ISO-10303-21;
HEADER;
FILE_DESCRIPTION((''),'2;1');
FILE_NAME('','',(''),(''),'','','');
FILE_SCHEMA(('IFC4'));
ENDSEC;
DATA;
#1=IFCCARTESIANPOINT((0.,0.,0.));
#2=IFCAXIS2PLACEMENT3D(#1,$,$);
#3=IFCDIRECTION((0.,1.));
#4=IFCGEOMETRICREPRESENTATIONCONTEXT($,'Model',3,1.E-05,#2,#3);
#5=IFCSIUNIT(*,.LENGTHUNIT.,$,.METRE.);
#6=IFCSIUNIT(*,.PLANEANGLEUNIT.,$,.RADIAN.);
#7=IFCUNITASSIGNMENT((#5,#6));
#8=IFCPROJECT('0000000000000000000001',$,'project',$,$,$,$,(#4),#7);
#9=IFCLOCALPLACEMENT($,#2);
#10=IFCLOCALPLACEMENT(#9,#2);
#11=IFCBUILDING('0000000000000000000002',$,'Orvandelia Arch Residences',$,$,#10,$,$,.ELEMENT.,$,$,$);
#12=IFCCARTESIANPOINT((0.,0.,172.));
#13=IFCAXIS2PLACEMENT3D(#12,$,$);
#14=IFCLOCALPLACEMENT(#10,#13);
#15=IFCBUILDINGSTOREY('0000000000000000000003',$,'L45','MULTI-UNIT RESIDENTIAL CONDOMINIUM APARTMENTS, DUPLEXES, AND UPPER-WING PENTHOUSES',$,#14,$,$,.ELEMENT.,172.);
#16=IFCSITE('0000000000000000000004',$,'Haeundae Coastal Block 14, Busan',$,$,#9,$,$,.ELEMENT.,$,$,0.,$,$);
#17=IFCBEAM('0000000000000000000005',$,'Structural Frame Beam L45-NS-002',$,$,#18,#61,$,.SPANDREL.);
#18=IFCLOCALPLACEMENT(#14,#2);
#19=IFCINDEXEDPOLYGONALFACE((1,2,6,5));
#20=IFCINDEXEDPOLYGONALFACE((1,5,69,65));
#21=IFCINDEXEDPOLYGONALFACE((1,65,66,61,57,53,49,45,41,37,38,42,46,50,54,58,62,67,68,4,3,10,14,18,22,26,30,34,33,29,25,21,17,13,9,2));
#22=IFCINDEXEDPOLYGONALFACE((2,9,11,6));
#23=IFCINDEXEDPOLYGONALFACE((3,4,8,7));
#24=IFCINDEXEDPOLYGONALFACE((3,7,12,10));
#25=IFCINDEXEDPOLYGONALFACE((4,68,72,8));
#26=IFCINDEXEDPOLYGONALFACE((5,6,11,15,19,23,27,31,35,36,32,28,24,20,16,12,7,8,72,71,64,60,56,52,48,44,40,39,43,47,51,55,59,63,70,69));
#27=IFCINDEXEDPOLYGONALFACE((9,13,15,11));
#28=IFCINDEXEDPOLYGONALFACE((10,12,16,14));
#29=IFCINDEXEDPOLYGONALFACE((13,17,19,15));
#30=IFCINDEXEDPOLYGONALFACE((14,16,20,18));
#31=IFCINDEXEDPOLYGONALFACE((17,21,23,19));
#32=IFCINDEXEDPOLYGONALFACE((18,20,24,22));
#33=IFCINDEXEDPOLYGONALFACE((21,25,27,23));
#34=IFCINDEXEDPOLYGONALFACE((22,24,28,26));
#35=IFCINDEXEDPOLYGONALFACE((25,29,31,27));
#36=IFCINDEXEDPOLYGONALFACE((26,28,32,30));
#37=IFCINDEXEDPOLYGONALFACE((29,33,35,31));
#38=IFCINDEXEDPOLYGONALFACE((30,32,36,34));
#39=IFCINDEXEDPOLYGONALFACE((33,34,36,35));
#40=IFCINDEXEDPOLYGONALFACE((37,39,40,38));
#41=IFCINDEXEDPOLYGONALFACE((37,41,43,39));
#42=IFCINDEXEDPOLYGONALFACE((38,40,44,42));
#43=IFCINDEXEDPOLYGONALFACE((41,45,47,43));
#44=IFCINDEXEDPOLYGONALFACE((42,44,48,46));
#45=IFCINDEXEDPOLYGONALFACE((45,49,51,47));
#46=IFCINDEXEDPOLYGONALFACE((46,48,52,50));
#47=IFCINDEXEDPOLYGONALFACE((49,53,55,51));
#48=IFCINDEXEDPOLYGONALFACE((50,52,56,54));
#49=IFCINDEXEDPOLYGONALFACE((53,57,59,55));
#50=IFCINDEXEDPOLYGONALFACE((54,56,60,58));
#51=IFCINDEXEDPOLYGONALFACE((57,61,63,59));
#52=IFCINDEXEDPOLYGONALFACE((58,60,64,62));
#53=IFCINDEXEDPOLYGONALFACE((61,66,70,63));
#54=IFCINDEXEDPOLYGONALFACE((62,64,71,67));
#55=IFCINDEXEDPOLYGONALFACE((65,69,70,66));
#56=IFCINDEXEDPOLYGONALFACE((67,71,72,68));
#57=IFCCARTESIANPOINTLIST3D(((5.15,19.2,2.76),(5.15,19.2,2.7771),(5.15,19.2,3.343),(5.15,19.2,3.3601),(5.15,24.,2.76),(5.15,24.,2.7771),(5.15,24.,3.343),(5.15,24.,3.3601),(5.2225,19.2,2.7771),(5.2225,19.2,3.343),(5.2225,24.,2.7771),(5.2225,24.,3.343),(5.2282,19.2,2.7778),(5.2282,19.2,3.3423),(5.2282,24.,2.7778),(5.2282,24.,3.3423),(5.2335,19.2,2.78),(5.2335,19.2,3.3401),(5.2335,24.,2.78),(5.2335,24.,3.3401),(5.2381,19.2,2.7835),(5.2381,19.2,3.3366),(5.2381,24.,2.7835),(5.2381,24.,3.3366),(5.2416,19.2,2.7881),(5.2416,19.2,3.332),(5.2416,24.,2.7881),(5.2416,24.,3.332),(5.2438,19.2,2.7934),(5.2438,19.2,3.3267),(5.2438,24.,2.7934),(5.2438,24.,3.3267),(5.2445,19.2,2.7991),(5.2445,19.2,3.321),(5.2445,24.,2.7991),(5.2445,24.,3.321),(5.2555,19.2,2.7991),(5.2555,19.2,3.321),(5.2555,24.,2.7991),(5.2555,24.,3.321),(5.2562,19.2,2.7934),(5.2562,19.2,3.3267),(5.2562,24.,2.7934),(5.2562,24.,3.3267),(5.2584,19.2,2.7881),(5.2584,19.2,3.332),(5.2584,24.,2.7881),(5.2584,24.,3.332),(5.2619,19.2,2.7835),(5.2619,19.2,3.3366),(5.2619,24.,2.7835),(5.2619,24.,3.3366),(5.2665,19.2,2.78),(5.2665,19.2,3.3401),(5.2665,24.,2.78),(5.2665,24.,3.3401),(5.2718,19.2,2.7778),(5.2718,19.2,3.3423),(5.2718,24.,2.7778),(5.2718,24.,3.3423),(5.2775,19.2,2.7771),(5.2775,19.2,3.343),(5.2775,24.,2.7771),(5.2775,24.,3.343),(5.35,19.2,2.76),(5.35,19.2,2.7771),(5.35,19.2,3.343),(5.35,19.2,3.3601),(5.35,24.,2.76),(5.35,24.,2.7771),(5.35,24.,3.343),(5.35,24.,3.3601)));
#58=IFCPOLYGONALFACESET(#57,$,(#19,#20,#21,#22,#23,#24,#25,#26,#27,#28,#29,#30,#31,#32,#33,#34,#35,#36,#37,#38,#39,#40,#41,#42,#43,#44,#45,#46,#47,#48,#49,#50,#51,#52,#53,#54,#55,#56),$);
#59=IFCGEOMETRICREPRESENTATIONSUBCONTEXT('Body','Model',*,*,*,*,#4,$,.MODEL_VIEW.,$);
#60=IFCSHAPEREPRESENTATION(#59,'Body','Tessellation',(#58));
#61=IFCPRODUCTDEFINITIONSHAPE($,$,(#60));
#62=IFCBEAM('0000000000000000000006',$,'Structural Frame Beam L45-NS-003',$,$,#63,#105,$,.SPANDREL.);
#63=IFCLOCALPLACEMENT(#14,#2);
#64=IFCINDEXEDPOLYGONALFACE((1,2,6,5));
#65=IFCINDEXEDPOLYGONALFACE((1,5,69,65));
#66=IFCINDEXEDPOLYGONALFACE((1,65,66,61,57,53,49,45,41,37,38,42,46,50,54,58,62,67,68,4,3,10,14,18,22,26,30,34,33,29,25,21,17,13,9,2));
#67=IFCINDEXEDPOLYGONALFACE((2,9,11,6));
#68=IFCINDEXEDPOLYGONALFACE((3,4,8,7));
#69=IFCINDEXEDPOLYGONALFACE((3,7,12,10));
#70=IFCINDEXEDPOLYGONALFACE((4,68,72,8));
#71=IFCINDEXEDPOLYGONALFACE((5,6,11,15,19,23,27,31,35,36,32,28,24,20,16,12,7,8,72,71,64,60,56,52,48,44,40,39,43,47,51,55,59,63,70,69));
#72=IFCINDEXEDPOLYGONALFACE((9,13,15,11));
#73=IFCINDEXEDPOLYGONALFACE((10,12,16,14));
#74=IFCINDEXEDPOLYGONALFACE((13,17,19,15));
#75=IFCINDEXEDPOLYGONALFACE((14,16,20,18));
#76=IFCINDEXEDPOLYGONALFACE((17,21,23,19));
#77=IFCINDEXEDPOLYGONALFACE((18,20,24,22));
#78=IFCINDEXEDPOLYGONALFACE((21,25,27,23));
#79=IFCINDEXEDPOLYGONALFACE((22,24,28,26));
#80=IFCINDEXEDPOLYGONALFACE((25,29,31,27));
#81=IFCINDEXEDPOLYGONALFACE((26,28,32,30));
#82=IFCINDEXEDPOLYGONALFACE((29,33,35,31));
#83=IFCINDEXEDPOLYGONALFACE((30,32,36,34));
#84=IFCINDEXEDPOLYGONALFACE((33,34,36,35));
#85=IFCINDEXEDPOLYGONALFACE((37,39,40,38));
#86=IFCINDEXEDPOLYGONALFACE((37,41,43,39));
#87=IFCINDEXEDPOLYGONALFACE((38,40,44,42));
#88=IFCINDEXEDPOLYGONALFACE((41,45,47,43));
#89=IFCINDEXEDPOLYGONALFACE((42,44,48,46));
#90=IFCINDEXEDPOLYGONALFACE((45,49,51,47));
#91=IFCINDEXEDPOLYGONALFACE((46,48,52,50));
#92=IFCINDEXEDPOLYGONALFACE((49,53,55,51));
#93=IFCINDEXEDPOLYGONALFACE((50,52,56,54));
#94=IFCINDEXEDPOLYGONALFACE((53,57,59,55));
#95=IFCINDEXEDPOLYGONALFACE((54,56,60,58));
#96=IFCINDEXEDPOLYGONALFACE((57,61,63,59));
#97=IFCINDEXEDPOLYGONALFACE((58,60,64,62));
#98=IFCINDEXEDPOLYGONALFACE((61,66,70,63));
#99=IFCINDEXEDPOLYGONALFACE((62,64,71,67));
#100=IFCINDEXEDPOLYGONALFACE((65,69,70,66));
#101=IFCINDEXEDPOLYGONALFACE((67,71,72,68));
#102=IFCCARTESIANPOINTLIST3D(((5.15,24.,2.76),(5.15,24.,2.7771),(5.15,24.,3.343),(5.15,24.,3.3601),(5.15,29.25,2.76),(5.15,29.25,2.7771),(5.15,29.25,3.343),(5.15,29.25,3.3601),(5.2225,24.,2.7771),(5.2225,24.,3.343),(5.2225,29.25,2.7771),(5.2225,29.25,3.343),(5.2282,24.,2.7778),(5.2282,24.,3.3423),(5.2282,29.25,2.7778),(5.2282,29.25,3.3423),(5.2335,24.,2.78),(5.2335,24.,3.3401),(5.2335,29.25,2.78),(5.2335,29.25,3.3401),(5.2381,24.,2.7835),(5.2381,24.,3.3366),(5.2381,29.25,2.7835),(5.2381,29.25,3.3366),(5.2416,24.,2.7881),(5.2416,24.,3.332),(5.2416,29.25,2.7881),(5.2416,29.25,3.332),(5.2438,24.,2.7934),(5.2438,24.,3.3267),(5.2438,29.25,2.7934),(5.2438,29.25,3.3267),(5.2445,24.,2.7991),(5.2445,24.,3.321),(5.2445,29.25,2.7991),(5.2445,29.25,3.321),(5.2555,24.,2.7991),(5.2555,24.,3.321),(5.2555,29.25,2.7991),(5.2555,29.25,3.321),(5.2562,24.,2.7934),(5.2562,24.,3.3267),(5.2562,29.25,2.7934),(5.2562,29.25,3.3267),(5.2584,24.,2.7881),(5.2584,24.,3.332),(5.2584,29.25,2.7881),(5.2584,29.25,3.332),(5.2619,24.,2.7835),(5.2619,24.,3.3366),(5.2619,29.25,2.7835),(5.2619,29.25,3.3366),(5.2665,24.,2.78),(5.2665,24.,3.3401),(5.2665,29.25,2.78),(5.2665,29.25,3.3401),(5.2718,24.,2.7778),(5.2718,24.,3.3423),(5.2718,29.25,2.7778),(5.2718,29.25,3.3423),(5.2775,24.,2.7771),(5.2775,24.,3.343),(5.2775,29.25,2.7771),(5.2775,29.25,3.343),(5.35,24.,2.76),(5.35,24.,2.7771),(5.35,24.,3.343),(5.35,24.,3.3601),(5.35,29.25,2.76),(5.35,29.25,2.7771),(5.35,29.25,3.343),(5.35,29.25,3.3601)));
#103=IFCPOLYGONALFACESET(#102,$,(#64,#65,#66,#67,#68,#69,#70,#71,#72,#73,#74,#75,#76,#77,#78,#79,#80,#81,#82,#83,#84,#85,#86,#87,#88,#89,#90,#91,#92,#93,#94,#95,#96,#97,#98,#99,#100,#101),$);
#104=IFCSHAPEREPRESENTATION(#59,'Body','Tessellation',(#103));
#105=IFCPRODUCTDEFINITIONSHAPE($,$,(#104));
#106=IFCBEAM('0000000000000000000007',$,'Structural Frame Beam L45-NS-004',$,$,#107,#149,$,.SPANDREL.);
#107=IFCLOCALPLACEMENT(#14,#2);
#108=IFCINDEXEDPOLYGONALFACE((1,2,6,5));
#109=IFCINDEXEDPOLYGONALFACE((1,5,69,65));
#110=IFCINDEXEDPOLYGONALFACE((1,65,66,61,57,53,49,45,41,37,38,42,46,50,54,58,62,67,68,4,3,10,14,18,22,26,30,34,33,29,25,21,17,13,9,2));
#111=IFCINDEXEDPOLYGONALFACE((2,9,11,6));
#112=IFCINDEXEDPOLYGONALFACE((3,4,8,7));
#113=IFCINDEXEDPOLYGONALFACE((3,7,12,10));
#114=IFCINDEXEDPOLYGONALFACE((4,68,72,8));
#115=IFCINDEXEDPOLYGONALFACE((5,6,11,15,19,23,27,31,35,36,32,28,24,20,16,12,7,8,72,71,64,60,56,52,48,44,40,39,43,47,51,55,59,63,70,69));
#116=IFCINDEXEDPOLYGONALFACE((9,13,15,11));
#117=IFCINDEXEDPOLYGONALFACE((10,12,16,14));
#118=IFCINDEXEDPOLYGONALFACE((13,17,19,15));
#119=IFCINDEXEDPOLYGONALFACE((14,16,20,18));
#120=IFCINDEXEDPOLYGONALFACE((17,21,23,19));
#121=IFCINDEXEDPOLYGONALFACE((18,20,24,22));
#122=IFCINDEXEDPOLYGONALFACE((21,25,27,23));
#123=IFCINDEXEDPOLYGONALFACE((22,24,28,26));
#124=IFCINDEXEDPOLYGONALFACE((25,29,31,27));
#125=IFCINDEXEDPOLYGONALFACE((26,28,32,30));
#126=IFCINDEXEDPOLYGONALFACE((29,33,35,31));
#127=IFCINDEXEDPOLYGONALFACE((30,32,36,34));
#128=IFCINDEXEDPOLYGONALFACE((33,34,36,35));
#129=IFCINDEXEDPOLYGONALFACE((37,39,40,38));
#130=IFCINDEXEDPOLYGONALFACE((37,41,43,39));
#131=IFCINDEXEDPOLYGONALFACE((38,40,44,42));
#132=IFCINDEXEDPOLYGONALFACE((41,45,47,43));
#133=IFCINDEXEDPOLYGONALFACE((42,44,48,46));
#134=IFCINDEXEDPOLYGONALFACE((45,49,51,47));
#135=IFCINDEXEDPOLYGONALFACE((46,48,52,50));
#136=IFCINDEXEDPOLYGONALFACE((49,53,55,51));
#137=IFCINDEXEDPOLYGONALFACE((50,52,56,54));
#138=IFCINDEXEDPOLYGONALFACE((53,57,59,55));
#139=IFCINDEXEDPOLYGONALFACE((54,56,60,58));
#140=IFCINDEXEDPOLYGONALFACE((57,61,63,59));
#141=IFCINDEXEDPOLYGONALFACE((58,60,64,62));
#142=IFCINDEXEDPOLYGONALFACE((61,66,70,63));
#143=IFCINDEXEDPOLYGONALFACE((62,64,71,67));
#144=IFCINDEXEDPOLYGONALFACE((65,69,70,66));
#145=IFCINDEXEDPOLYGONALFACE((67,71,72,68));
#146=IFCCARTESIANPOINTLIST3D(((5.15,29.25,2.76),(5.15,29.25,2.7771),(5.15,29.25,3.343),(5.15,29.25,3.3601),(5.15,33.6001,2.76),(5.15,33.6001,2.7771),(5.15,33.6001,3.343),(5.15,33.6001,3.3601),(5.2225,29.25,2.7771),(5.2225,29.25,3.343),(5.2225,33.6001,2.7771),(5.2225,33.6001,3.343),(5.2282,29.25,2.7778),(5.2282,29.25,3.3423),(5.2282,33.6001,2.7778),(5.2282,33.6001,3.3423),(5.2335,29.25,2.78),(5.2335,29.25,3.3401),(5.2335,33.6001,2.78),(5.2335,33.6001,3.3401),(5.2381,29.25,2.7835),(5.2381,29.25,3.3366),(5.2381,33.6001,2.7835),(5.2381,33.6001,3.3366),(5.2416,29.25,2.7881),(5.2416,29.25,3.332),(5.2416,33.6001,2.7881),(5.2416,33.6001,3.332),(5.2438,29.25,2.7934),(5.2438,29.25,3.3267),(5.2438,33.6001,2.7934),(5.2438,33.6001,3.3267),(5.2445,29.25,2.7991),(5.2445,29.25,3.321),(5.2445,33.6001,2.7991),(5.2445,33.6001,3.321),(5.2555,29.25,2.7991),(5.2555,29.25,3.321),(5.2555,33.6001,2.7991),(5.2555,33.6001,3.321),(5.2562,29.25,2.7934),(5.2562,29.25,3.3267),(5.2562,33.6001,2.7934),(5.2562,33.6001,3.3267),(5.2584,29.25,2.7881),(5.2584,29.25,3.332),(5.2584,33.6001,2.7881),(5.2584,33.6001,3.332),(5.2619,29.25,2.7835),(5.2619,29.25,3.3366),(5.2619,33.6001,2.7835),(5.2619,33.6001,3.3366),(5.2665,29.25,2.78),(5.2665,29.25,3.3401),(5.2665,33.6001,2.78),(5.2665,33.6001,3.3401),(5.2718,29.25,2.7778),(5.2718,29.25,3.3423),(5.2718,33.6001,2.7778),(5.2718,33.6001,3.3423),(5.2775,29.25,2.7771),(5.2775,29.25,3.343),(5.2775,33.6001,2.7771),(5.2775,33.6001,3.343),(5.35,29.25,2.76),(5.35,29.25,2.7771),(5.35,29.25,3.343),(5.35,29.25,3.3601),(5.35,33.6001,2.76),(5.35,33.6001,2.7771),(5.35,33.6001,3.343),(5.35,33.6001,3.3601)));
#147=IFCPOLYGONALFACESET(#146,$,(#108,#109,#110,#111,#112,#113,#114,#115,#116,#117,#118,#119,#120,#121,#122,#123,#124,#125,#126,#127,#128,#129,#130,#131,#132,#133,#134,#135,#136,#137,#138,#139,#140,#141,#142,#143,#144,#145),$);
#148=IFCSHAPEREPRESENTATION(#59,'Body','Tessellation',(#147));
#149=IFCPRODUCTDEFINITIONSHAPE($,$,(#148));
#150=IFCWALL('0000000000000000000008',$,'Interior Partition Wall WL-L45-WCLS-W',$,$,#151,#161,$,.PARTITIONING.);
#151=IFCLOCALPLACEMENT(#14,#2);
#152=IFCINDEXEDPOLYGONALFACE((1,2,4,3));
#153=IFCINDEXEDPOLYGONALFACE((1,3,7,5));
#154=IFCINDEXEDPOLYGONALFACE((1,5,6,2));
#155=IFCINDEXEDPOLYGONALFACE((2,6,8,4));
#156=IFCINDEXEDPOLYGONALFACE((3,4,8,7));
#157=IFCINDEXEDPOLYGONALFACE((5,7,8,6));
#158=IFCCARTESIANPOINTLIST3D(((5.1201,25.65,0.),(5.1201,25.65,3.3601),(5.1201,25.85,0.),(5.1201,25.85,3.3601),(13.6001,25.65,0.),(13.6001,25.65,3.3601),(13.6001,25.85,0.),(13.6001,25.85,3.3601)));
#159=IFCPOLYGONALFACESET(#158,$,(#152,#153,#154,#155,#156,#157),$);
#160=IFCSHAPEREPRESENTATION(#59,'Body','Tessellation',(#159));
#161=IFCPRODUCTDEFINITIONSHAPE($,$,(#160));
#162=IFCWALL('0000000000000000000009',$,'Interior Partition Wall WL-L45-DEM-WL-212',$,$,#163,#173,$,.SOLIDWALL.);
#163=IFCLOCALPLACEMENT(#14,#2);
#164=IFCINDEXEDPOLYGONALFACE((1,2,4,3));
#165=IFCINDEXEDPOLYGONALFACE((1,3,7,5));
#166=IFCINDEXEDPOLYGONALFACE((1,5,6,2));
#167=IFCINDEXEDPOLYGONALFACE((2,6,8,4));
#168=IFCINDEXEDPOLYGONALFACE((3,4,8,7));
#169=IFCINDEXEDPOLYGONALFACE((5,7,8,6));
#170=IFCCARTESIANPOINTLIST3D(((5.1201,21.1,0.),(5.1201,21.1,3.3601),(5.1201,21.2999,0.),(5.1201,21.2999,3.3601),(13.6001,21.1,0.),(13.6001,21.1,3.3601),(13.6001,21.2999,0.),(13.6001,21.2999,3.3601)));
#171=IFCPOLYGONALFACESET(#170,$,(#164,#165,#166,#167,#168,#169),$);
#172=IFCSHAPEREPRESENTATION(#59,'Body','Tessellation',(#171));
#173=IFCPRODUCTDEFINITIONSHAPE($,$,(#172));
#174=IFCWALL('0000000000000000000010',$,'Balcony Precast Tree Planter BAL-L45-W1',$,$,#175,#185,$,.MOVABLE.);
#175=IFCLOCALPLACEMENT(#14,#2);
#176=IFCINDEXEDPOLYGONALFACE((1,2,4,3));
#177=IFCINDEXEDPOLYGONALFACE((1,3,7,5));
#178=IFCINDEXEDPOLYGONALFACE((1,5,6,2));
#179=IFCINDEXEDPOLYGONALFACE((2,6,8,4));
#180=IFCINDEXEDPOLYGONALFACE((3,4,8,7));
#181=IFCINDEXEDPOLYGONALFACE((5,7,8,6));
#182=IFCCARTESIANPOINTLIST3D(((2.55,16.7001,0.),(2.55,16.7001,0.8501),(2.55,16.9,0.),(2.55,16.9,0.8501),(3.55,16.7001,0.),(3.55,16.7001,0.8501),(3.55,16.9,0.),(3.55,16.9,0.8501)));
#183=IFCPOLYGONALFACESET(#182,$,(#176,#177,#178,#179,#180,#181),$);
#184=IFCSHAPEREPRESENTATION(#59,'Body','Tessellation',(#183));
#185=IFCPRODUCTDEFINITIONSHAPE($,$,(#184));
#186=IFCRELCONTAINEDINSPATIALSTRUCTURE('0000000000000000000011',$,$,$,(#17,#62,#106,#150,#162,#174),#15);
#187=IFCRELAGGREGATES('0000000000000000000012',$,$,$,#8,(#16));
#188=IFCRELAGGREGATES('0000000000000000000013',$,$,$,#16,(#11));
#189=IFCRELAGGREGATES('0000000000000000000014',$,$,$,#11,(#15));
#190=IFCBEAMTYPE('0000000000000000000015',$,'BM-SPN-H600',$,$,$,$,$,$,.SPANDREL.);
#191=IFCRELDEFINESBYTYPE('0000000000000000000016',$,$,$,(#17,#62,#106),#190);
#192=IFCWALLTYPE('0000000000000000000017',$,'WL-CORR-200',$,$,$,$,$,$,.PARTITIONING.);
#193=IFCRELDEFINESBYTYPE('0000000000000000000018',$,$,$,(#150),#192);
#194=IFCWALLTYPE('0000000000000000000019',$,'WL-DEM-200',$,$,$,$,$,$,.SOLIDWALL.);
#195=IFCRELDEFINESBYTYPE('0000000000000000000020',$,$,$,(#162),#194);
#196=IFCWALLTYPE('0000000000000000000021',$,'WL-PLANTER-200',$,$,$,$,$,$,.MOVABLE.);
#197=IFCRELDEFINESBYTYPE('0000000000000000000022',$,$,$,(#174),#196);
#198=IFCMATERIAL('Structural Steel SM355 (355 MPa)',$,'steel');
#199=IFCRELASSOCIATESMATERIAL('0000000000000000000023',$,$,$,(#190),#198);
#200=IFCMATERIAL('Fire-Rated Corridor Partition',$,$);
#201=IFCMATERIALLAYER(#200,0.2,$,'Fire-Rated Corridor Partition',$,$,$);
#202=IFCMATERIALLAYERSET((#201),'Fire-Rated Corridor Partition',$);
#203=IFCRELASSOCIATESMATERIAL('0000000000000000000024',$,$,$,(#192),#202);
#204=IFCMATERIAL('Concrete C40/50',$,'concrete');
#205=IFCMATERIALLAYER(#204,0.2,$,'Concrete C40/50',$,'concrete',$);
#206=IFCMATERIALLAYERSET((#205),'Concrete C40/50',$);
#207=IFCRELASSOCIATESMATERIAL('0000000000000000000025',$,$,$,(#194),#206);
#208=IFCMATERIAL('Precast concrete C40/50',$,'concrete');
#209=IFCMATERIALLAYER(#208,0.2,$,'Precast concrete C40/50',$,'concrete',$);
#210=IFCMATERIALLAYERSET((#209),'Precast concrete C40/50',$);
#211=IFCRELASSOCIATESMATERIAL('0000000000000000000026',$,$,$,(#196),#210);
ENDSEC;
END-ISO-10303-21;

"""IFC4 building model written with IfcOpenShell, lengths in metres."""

from ifc_helpers import new_model, si_unit, direction, frame, frame_2d, origin, origin_2d, place, context, subcontext, project, spatial, rectangle, i_section, extrude, material, layer, layer_set, material_profile, profile_set, type_object, element, save


model = new_model("IFC4")

# Units and contexts
model_context = context("Model", 3, precision=1e-05, world=origin(), true_north=direction((0.0, 1.0)))
body_context = subcontext(model_context, "Body", "Model", "MODEL_VIEW")
ifc_project = project(units=[si_unit("LENGTHUNIT", "METRE"), si_unit("PLANEANGLEUNIT", "RADIAN")], contexts=[model_context])

# Site, building, storey
site_placement = place(None, origin())
site = spatial("IfcSite", under=ifc_project, at=site_placement, Name="Haeundae Coastal Block 14, Busan", CompositionType="ELEMENT", RefElevation=0.0)
building_placement = place(site_placement, origin())
building = spatial("IfcBuilding", under=site, at=building_placement, Name="Orvandelia Arch Residences", CompositionType="ELEMENT")
storey_placement = place(building_placement, frame((0.0, 0.0, 172.0)))
storey = spatial("IfcBuildingStorey", under=building, at=storey_placement, Name="L45", Description="MULTI-UNIT RESIDENTIAL CONDOMINIUM APARTMENTS, DUPLEXES, AND UPPER-WING PENTHOUSES", CompositionType="ELEMENT", Elevation=172.0)

# Beams
ifc_material_1 = material(Name="Structural Steel SM355 (355 MPa)", Category="steel")
ifc_material_profile_1 = material_profile(ifc_material_1, i_section(OverallWidth=0.2, OverallDepth=0.6001, WebThickness=0.011, FlangeThickness=0.0171, FilletRadius=0.022, at=origin_2d()), Name="Structural Steel SM355 (355 MPa)", Category="steel")
ifc_profile_set_1 = profile_set([ifc_material_profile_1], Name="Structural Steel SM355 (355 MPa)")
beam_type_1 = type_object("IfcBeamType", Name="BM-SPN-H600", PredefinedType="SPANDREL", material=ifc_profile_set_1)
beam_1_placement = place(storey_placement, frame((5.25, 19.2, 3.0601), z_axis=(0.0, 1.0, 0.0), x_axis=(-1.0, 0.0, 0.0)))
element("IfcBeam", 1, at=beam_1_placement, inside=storey, type_object=beam_type_1, Name="Structural Frame Beam L45-NS-002", PredefinedType="SPANDREL", context=body_context, shape_type="SweptSolid", body=[
    extrude(i_section(OverallWidth=0.2, OverallDepth=0.6001, WebThickness=0.011, FlangeThickness=0.0171, FilletRadius=0.022, at=origin_2d()), origin(), (0.0, 0.0, 1.0), 4.8),
])
beam_2_placement = place(storey_placement, frame((5.25, 24.0, 3.0601), z_axis=(0.0, 1.0, 0.0), x_axis=(-1.0, 0.0, 0.0)))
element("IfcBeam", 2, at=beam_2_placement, inside=storey, type_object=beam_type_1, Name="Structural Frame Beam L45-NS-003", PredefinedType="SPANDREL", context=body_context, shape_type="SweptSolid", body=[
    extrude(i_section(OverallWidth=0.2, OverallDepth=0.6001, WebThickness=0.011, FlangeThickness=0.0171, FilletRadius=0.022, at=origin_2d()), origin(), (0.0, 0.0, 1.0), 5.25),
])
beam_3_placement = place(storey_placement, frame((5.25, 29.25, 3.0601), z_axis=(0.0, 1.0, 0.0), x_axis=(-1.0, 0.0, 0.0)))
element("IfcBeam", 3, at=beam_3_placement, inside=storey, type_object=beam_type_1, Name="Structural Frame Beam L45-NS-004", PredefinedType="SPANDREL", context=body_context, shape_type="SweptSolid", body=[
    extrude(i_section(OverallWidth=0.2, OverallDepth=0.6001, WebThickness=0.011, FlangeThickness=0.0171, FilletRadius=0.022, at=origin_2d()), origin(), (0.0, 0.0, 1.0), 4.3501),
])

# Walls
ifc_material_2 = material(Name="Fire-Rated Corridor Partition")
ifc_layer_1 = layer(ifc_material_2, 0.2, Name="Fire-Rated Corridor Partition")
ifc_layer_set_1 = layer_set([ifc_layer_1], Name="Fire-Rated Corridor Partition")
wall_type_1 = type_object("IfcWallType", Name="WL-CORR-200", PredefinedType="PARTITIONING", material=ifc_layer_set_1)
wall_1_placement = place(storey_placement, frame((5.1201, 25.75, 0.0), z_axis=(0.0, 0.0, 1.0), x_axis=(1.0, 0.0, 0.0)))
element("IfcWall", 4, at=wall_1_placement, inside=storey, type_object=wall_type_1, Name="Interior Partition Wall WL-L45-WCLS-W", PredefinedType="PARTITIONING", context=body_context, shape_type="SweptSolid", body=[
    extrude(rectangle(XDim=8.48, YDim=0.2, at=frame_2d((4.24, 0.0))), origin(), (0.0, 0.0, 1.0), 3.3601),
])
ifc_material_3 = material(Name="Concrete C40/50", Category="concrete")
ifc_layer_2 = layer(ifc_material_3, 0.2, Name="Concrete C40/50", Category="concrete")
ifc_layer_set_2 = layer_set([ifc_layer_2], Name="Concrete C40/50")
wall_type_2 = type_object("IfcWallType", Name="WL-DEM-200", PredefinedType="SOLIDWALL", material=ifc_layer_set_2)
wall_2_placement = place(storey_placement, frame((5.1201, 21.2, 0.0), z_axis=(0.0, 0.0, 1.0), x_axis=(1.0, 0.0, 0.0)))
element("IfcWall", 5, at=wall_2_placement, inside=storey, type_object=wall_type_2, Name="Interior Partition Wall WL-L45-DEM-WL-212", PredefinedType="SOLIDWALL", context=body_context, shape_type="SweptSolid", body=[
    extrude(rectangle(XDim=8.48, YDim=0.2, at=frame_2d((4.24, 0.0))), origin(), (0.0, 0.0, 1.0), 3.3601),
])
ifc_material_4 = material(Name="Precast concrete C40/50", Category="concrete")
ifc_layer_3 = layer(ifc_material_4, 0.2, Name="Precast concrete C40/50", Category="concrete")
ifc_layer_set_3 = layer_set([ifc_layer_3], Name="Precast concrete C40/50")
wall_type_3 = type_object("IfcWallType", Name="WL-PLANTER-200", PredefinedType="MOVABLE", material=ifc_layer_set_3)
wall_3_placement = place(storey_placement, frame((2.55, 16.8, 0.0), z_axis=(0.0, 0.0, 1.0), x_axis=(1.0, 0.0, 0.0)))
element("IfcWall", 6, at=wall_3_placement, inside=storey, type_object=wall_type_3, Name="Balcony Precast Tree Planter BAL-L45-W1", PredefinedType="MOVABLE", context=body_context, shape_type="SweptSolid", body=[
    extrude(rectangle(XDim=1.0, YDim=0.2, at=frame_2d((0.5, 0.0))), origin(), (0.0, 0.0, 1.0), 0.8501),
])

save(model, "model.ifc")
